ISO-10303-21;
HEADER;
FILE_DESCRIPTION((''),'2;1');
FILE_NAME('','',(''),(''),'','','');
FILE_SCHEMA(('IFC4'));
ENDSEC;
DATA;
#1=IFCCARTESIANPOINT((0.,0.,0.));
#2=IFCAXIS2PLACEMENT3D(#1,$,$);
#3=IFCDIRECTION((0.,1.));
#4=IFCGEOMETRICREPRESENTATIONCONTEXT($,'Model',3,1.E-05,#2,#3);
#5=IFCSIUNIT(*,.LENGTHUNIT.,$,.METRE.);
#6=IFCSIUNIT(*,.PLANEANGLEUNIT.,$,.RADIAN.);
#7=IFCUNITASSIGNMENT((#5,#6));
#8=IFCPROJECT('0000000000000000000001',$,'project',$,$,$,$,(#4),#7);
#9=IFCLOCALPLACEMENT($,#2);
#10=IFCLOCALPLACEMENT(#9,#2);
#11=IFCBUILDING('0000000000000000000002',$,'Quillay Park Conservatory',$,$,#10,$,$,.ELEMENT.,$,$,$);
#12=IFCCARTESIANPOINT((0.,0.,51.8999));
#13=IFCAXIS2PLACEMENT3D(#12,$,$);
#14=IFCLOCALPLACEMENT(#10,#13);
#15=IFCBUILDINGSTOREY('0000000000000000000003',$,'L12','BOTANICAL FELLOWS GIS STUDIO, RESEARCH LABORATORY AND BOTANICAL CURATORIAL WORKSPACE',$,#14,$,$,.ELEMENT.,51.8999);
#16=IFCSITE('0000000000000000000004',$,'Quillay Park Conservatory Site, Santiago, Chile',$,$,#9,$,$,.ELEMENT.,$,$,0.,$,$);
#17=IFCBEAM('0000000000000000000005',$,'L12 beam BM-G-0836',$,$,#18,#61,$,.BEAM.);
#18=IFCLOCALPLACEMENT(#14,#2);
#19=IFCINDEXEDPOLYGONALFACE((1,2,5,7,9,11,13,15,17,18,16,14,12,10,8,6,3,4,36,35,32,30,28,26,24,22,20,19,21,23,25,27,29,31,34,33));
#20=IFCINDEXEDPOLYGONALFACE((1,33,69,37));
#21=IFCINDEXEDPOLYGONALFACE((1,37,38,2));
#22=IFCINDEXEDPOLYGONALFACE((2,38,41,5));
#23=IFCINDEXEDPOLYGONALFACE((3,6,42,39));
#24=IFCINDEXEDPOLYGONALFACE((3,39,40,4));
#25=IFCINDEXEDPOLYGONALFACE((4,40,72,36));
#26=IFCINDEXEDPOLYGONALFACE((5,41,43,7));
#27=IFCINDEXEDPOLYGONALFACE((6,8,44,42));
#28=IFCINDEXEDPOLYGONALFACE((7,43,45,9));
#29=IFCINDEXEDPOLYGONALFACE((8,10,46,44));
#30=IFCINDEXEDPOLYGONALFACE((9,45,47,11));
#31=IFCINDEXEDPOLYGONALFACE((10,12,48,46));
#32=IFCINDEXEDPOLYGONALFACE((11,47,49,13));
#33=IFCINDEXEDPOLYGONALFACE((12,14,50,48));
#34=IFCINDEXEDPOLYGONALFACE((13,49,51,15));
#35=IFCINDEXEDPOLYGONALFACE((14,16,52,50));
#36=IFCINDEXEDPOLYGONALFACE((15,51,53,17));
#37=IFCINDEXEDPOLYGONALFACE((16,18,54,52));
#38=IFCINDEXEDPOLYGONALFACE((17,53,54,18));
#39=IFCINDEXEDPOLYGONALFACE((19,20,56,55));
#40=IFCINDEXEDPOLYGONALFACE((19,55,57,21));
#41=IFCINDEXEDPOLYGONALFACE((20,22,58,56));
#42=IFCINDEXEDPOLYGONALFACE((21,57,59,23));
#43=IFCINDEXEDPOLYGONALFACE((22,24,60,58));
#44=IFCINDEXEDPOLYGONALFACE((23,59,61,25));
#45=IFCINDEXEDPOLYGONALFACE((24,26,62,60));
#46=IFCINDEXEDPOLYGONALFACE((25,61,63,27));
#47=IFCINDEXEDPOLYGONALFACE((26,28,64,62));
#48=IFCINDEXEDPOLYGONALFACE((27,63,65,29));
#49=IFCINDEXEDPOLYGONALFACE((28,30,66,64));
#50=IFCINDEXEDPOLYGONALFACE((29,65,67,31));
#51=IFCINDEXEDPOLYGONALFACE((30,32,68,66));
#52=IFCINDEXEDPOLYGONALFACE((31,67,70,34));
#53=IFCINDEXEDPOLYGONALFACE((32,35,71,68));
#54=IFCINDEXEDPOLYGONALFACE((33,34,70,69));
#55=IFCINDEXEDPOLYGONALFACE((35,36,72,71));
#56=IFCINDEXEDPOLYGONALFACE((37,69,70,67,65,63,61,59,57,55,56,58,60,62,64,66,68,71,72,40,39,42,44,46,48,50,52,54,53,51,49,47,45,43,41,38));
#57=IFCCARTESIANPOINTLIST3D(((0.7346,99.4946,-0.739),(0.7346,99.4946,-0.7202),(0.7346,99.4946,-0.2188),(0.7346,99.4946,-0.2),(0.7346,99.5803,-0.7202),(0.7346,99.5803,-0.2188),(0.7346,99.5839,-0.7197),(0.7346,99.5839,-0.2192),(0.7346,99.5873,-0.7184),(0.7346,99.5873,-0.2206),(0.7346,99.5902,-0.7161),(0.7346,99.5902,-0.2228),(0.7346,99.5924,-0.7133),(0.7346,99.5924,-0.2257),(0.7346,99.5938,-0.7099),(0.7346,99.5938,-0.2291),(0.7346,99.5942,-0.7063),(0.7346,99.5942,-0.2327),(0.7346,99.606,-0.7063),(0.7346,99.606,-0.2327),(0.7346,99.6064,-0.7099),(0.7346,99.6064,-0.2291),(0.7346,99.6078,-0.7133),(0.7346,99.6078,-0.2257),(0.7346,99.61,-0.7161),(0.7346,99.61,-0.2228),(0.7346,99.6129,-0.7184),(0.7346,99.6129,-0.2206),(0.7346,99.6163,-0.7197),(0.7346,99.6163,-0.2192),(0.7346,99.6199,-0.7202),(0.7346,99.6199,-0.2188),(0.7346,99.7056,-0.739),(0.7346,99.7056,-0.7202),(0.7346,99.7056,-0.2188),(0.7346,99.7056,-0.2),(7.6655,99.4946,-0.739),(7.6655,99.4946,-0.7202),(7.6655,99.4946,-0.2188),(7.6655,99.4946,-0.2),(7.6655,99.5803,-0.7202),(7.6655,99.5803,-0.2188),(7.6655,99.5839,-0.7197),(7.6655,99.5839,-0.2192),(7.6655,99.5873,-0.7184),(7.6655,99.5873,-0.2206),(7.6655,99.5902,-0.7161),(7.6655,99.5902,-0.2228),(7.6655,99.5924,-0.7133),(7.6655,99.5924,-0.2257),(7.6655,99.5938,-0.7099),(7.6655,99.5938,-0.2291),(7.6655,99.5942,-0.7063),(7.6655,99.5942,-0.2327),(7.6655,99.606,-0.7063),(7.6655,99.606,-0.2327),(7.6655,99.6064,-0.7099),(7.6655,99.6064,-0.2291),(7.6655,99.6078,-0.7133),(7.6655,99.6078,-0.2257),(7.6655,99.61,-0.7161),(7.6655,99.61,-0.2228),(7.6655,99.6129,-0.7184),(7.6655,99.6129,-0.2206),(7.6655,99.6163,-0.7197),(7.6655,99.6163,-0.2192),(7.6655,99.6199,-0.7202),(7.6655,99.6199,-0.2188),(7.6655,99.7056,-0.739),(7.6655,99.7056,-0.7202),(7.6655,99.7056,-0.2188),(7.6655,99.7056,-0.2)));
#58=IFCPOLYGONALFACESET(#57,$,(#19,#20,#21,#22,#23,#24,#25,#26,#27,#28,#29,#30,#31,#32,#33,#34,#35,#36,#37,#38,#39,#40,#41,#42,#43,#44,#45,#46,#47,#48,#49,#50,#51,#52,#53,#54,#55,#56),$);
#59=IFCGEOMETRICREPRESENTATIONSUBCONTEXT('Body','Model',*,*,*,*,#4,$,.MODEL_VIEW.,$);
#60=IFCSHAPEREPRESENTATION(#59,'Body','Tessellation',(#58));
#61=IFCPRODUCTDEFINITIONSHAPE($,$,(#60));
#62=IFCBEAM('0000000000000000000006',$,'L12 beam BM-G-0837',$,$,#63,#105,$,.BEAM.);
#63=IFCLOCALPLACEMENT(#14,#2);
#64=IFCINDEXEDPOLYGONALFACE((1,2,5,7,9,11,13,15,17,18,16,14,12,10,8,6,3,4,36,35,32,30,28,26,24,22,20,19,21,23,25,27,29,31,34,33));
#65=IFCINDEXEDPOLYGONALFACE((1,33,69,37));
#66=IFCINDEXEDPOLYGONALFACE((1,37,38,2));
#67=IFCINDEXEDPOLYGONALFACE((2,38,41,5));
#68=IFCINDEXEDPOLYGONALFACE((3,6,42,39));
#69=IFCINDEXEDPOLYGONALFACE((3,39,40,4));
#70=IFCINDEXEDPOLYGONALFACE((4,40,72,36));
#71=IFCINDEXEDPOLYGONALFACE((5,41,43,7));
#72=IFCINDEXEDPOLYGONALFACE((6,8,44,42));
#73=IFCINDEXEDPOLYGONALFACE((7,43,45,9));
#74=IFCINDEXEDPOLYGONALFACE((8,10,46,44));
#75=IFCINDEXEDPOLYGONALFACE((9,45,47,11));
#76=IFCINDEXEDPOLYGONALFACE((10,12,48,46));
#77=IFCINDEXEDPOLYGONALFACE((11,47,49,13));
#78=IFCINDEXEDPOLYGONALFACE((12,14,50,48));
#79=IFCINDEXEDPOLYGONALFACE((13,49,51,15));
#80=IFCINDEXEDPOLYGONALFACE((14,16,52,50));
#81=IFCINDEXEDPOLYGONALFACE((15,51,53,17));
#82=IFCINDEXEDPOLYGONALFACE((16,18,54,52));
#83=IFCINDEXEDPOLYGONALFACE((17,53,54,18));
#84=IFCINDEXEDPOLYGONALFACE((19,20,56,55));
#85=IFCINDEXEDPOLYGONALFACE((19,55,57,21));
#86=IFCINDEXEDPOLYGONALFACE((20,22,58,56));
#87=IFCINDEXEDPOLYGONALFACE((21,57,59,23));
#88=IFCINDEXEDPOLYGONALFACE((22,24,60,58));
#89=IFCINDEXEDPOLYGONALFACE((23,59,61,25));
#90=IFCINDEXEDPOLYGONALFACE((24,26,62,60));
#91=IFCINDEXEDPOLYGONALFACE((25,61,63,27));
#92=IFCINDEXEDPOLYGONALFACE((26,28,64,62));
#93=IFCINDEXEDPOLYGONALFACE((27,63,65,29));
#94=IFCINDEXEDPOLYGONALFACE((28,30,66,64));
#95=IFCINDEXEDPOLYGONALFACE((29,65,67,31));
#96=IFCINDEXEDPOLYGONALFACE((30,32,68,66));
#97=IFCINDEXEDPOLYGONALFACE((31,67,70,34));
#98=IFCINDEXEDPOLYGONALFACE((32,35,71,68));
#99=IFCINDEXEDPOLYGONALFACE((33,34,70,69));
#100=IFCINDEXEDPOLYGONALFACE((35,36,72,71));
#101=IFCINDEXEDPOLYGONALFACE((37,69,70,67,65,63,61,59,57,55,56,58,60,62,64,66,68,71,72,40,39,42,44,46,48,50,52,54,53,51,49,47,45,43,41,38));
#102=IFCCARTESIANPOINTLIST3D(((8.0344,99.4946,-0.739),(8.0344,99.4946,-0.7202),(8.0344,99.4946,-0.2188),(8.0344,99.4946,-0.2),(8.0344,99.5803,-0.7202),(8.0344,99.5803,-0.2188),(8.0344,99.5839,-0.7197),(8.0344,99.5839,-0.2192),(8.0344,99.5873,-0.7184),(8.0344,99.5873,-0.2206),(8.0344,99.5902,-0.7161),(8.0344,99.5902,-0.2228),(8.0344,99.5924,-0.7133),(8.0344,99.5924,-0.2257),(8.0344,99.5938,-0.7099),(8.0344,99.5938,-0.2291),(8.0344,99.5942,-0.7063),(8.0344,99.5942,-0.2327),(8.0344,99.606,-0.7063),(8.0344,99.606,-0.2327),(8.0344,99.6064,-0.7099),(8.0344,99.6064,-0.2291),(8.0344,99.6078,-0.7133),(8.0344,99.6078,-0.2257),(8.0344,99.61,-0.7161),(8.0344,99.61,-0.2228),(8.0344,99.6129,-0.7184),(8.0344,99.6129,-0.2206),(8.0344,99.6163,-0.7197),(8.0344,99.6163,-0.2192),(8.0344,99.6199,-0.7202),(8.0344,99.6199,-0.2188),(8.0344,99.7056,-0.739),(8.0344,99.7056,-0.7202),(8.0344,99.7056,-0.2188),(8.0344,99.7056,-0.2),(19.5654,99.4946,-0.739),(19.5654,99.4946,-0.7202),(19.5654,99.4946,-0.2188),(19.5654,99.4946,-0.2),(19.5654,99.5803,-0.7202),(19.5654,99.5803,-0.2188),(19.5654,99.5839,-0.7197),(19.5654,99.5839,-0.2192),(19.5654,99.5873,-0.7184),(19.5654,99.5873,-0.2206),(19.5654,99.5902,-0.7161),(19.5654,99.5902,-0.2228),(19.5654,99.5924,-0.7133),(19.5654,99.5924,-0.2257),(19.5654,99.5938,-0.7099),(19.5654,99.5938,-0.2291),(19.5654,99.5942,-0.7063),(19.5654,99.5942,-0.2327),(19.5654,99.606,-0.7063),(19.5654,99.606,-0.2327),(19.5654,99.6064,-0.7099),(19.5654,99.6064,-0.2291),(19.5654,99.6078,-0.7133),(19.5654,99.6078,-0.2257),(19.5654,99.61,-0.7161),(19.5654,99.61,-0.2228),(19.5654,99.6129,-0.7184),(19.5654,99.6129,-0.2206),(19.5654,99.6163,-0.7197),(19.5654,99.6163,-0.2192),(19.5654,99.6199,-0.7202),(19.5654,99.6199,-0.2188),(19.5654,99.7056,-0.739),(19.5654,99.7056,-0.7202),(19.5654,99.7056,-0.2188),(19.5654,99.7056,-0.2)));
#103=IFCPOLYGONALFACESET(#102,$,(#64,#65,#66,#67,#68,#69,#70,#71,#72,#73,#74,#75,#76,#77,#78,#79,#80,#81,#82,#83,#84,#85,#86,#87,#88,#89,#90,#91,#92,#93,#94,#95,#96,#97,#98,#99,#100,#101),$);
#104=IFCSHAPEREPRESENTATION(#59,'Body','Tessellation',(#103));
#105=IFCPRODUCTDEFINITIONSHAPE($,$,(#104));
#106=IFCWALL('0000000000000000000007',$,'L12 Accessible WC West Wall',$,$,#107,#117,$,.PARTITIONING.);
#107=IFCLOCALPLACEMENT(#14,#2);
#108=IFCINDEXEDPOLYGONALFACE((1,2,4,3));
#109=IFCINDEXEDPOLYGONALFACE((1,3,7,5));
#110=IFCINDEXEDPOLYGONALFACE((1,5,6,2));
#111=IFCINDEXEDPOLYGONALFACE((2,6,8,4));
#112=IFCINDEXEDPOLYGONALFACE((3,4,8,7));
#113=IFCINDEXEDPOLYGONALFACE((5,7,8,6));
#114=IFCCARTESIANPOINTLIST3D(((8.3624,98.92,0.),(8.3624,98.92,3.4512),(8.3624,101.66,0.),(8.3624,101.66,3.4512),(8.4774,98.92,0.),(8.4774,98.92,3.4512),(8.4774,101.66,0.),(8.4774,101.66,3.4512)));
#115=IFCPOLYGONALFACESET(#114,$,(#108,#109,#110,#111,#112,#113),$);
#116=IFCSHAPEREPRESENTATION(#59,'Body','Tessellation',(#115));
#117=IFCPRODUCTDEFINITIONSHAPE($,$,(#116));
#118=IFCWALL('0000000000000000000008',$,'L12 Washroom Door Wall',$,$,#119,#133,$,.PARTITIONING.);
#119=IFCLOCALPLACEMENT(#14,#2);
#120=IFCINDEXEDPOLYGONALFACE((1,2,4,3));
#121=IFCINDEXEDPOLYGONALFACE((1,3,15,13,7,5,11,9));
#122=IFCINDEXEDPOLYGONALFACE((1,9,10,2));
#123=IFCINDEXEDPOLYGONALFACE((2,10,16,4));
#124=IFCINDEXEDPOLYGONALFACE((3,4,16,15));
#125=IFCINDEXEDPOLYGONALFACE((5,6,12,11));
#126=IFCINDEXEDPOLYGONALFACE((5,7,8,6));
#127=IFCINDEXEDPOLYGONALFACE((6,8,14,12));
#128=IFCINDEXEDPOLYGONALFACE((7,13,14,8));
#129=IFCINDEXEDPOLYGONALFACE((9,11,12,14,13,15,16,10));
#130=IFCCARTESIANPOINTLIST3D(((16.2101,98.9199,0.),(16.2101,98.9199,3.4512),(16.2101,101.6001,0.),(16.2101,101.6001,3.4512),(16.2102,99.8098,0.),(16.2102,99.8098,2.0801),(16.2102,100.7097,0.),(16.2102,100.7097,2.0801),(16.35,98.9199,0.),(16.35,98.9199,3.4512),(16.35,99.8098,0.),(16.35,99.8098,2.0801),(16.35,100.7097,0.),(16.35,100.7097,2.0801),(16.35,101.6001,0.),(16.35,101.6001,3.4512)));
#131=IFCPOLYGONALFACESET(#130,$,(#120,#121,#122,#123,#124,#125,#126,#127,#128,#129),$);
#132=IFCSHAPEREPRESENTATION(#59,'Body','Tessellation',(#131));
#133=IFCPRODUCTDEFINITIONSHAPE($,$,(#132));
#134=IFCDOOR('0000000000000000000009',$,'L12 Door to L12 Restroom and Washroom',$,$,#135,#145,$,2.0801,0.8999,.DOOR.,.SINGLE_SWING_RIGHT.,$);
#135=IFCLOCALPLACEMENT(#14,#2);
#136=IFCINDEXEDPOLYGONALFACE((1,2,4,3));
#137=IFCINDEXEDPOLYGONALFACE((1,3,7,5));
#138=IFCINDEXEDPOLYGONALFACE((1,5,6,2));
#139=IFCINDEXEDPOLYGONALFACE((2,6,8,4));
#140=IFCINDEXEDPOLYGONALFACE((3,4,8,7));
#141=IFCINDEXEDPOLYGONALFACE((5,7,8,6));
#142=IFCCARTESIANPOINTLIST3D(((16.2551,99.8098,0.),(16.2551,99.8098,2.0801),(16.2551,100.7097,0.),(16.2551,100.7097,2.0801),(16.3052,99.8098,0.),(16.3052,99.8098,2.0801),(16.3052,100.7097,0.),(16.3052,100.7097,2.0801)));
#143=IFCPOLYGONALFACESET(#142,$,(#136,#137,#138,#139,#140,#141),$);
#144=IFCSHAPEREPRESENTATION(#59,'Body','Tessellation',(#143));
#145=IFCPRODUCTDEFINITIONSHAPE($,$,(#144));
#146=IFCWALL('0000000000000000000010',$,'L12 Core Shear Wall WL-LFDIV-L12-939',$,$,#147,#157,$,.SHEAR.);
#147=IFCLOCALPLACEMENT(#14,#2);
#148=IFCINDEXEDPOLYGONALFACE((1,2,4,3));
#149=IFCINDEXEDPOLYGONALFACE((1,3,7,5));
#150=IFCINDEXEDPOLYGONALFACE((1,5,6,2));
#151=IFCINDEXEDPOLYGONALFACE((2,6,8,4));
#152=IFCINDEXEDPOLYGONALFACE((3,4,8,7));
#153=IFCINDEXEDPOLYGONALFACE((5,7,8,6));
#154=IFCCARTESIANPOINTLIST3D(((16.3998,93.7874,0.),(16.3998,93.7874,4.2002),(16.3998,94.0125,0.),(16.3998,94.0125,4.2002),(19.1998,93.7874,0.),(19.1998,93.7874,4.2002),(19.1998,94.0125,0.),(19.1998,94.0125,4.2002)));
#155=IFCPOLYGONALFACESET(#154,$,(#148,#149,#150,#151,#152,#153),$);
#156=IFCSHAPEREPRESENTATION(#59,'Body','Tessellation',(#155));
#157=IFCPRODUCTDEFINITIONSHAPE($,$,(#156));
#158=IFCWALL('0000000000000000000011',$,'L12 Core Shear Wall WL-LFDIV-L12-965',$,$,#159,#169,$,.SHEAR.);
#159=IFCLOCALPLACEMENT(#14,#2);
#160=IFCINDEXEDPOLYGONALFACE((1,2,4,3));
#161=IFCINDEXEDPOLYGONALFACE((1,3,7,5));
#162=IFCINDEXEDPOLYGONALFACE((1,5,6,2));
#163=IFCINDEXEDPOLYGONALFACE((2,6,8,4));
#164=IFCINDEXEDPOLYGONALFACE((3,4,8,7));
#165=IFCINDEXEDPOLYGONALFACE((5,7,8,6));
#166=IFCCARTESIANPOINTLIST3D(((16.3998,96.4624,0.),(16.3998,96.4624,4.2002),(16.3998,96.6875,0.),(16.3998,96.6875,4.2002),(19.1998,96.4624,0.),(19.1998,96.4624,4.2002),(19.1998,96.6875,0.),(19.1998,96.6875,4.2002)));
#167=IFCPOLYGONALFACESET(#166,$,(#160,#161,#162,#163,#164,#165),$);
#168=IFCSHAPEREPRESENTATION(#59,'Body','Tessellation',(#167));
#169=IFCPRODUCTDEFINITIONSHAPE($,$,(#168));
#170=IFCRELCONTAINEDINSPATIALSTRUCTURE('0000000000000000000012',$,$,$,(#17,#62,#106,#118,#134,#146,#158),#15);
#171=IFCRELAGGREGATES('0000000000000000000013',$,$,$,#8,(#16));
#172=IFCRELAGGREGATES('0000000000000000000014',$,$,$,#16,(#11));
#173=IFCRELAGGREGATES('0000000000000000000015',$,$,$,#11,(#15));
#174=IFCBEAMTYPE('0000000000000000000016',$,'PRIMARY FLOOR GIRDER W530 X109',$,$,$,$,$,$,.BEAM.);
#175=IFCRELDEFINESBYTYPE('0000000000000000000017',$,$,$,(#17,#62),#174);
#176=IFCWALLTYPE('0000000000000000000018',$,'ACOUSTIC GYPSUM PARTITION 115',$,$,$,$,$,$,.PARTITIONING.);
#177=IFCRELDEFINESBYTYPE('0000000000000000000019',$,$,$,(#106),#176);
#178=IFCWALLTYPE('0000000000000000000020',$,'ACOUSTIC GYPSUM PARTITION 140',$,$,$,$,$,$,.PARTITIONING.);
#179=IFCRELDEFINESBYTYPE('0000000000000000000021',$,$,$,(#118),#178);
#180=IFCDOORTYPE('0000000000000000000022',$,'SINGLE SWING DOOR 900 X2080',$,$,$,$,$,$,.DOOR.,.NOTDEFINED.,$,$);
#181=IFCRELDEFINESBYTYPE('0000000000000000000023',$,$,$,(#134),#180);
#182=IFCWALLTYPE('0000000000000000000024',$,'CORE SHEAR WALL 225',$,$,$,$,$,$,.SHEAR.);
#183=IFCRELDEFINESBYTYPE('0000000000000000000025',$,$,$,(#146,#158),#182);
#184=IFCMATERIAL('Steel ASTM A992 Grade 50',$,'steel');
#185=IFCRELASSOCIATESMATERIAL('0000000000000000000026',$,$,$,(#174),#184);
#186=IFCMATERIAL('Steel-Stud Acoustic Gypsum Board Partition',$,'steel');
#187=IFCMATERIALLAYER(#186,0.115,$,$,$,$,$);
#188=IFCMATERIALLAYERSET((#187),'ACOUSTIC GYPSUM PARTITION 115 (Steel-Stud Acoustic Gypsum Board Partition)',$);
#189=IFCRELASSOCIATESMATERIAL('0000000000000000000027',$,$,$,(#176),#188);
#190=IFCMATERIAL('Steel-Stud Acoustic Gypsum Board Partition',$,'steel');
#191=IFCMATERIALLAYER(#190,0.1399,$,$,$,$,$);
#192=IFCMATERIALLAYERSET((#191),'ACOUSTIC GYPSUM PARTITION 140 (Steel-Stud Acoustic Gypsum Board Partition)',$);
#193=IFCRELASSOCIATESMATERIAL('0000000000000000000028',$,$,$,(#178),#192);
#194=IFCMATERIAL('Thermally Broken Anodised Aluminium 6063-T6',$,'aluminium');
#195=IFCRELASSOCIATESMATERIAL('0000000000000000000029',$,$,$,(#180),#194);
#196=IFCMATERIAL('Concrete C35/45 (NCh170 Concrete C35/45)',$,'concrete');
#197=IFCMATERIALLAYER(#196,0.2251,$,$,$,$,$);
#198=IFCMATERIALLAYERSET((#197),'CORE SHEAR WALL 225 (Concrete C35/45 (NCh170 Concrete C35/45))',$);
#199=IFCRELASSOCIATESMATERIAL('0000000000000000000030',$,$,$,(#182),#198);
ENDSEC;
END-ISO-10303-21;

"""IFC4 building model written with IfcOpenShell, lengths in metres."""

from ifc_helpers import new_model, si_unit, direction, frame, frame_2d, origin, origin_2d, place, context, subcontext, project, spatial, rectangle, i_section, extrude, material, layer, layer_set, material_profile, profile_set, type_object, element, fill, save


model = new_model("IFC4")

# Units and contexts
model_context = context("Model", 3, precision=1e-05, world=origin(), true_north=direction((0.0, 1.0)))
body_context = subcontext(model_context, "Body", "Model", "MODEL_VIEW")
ifc_project = project(units=[si_unit("LENGTHUNIT", "METRE"), si_unit("PLANEANGLEUNIT", "RADIAN")], contexts=[model_context])

# Site, building, storey
site_placement = place(None, origin())
site = spatial("IfcSite", under=ifc_project, at=site_placement, Name="Quillay Park Conservatory Site, Santiago, Chile", CompositionType="ELEMENT", RefElevation=0.0)
building_placement = place(site_placement, origin())
building = spatial("IfcBuilding", under=site, at=building_placement, Name="Quillay Park Conservatory", CompositionType="ELEMENT")
storey_placement = place(building_placement, frame((0.0, 0.0, 51.8999)))
storey = spatial("IfcBuildingStorey", under=building, at=storey_placement, Name="L12", Description="BOTANICAL FELLOWS GIS STUDIO, RESEARCH LABORATORY AND BOTANICAL CURATORIAL WORKSPACE", CompositionType="ELEMENT", Elevation=51.8999)

# Beams
ifc_material_1 = material(Name="Steel ASTM A992 Grade 50", Category="steel")
ifc_material_profile_1 = material_profile(ifc_material_1, i_section(OverallWidth=0.2109, OverallDepth=0.5391, WebThickness=0.0117, FlangeThickness=0.0188, FilletRadius=0.0139, at=origin_2d()), Name="W530x109")
ifc_profile_set_1 = profile_set([ifc_material_profile_1], Name="Steel ASTM A992 Grade 50")
beam_type_1 = type_object("IfcBeamType", Name="PRIMARY FLOOR GIRDER W530 X109", PredefinedType="BEAM", material=ifc_profile_set_1)
beam_1_placement = place(storey_placement, frame((0.7346, 99.6001, -0.4695), z_axis=(1.0, 0.0, 0.0), x_axis=(0.0, 1.0, 0.0)))
element("IfcBeam", 1, at=beam_1_placement, inside=storey, type_object=beam_type_1, Name="L12 beam BM-G-0836", PredefinedType="BEAM", context=body_context, shape_type="SweptSolid", body=[
    extrude(i_section(OverallWidth=0.2109, OverallDepth=0.5391, WebThickness=0.0117, FlangeThickness=0.0188, FilletRadius=0.0139, at=origin_2d()), origin(), (0.0, 0.0, 1.0), 6.9309),
])
beam_2_placement = place(storey_placement, frame((8.0344, 99.6001, -0.4695), z_axis=(1.0, 0.0, 0.0), x_axis=(0.0, 1.0, 0.0)))
element("IfcBeam", 2, at=beam_2_placement, inside=storey, type_object=beam_type_1, Name="L12 beam BM-G-0837", PredefinedType="BEAM", context=body_context, shape_type="SweptSolid", body=[
    extrude(i_section(OverallWidth=0.2109, OverallDepth=0.5391, WebThickness=0.0117, FlangeThickness=0.0188, FilletRadius=0.0139, at=origin_2d()), origin(), (0.0, 0.0, 1.0), 11.531),
])

# Wall
ifc_material_2 = material(Name="Steel-Stud Acoustic Gypsum Board Partition", Category="steel")
ifc_layer_1 = layer(ifc_material_2, 0.115)
ifc_layer_set_1 = layer_set([ifc_layer_1], Name="ACOUSTIC GYPSUM PARTITION 115 (Steel-Stud Acoustic Gypsum Board Partition)")
wall_type_1 = type_object("IfcWallType", Name="ACOUSTIC GYPSUM PARTITION 115", PredefinedType="PARTITIONING", material=ifc_layer_set_1)
wall_1_placement = place(storey_placement, frame((8.4199, 98.9199, 0.0), z_axis=(0.0, 0.0, 1.0), x_axis=(0.0, 1.0, 0.0)))
element("IfcWall", 3, at=wall_1_placement, inside=storey, type_object=wall_type_1, Name="L12 Accessible WC West Wall", PredefinedType="PARTITIONING", context=body_context, shape_type="SweptSolid", body=[
    extrude(rectangle(XDim=2.74, YDim=0.115, at=frame_2d((1.3701, 0.0))), origin(), (0.0, 0.0, 1.0), 3.4512),
])

# Wall, opening, door
ifc_material_3 = material(Name="Steel-Stud Acoustic Gypsum Board Partition", Category="steel")
ifc_layer_2 = layer(ifc_material_3, 0.1399)
ifc_layer_set_2 = layer_set([ifc_layer_2], Name="ACOUSTIC GYPSUM PARTITION 140 (Steel-Stud Acoustic Gypsum Board Partition)")
wall_type_2 = type_object("IfcWallType", Name="ACOUSTIC GYPSUM PARTITION 140", PredefinedType="PARTITIONING", material=ifc_layer_set_2)
wall_2_placement = place(storey_placement, frame((16.28, 98.9199, 0.0), z_axis=(0.0, 0.0, 1.0), x_axis=(0.0, 1.0, 0.0)))
wall_2 = element("IfcWall", 4, at=wall_2_placement, inside=storey, type_object=wall_type_2, Name="L12 Washroom Door Wall", PredefinedType="PARTITIONING", context=body_context, shape_type="SweptSolid", body=[
    extrude(rectangle(XDim=2.6802, YDim=0.1399, at=frame_2d((1.3401, 0.0))), origin(), (0.0, 0.0, 1.0), 3.4512),
])
opening_1_placement = place(wall_2_placement, frame((0.8899, 0.0, 0.0)))
opening_1 = element("IfcOpeningElement", 5, at=opening_1_placement, cuts=wall_2, PredefinedType="OPENING", context=body_context, shape_type="SweptSolid", body=[
    extrude(rectangle(XDim=0.8999, YDim=2.0801, at=frame_2d((0.45, 1.04))), frame((0.0, 0.0698, 0.0), z_axis=(0.0, -1.0, 0.0), x_axis=(1.0, 0.0, 0.0)), (0.0, 0.0, 1.0), 0.1399),
])
ifc_material_4 = material(Name="Thermally Broken Anodised Aluminium 6063-T6", Category="aluminium")
door_type_1 = type_object("IfcDoorType", Name="SINGLE SWING DOOR 900 X2080", OperationType="NOTDEFINED", PredefinedType="DOOR", material=ifc_material_4)
door_1_placement = place(opening_1_placement, origin())
door_1 = element("IfcDoor", 6, at=door_1_placement, inside=storey, type_object=door_type_1, Name="L12 Door to L12 Restroom and Washroom", OperationType="SINGLE_SWING_RIGHT", OverallHeight=2.0801, OverallWidth=0.8999, PredefinedType="DOOR", context=body_context, shape_type="SweptSolid", body=[
    extrude(rectangle(XDim=0.8999, YDim=2.0801, at=frame_2d((0.45, 1.04))), frame((0.0, 0.0249, 0.0), z_axis=(0.0, -1.0, 0.0), x_axis=(1.0, 0.0, 0.0)), (0.0, 0.0, 1.0), 0.05),
])
fill(opening_1, door_1)

# Walls
ifc_material_5 = material(Name="Concrete C35/45 (NCh170 Concrete C35/45)", Category="concrete")
ifc_layer_3 = layer(ifc_material_5, 0.2251)
ifc_layer_set_3 = layer_set([ifc_layer_3], Name="CORE SHEAR WALL 225 (Concrete C35/45 (NCh170 Concrete C35/45))")
wall_type_3 = type_object("IfcWallType", Name="CORE SHEAR WALL 225", PredefinedType="SHEAR", material=ifc_layer_set_3)
for number, where, z_axis, x_axis, name in (
    (7, (16.3999, 93.8999, 0.0), (0.0, 0.0, 1.0), (1.0, 0.0, 0.0), "L12 Core Shear Wall WL-LFDIV-L12-939"),
    (8, (16.3999, 96.575, 0.0), (0.0, 0.0, 1.0), (1.0, 0.0, 0.0), "L12 Core Shear Wall WL-LFDIV-L12-965"),
):
    element("IfcWall", number, at=place(storey_placement, frame(where, z_axis=z_axis, x_axis=x_axis)), inside=storey, type_object=wall_type_3, Name=name, PredefinedType="SHEAR", context=body_context, shape_type="SweptSolid", body=[
        extrude(rectangle(XDim=2.8, YDim=0.2251, at=frame_2d((1.3999, 0.0))), origin(), (0.0, 0.0, 1.0), 4.2002),
    ])

save(model, "model.ifc")
